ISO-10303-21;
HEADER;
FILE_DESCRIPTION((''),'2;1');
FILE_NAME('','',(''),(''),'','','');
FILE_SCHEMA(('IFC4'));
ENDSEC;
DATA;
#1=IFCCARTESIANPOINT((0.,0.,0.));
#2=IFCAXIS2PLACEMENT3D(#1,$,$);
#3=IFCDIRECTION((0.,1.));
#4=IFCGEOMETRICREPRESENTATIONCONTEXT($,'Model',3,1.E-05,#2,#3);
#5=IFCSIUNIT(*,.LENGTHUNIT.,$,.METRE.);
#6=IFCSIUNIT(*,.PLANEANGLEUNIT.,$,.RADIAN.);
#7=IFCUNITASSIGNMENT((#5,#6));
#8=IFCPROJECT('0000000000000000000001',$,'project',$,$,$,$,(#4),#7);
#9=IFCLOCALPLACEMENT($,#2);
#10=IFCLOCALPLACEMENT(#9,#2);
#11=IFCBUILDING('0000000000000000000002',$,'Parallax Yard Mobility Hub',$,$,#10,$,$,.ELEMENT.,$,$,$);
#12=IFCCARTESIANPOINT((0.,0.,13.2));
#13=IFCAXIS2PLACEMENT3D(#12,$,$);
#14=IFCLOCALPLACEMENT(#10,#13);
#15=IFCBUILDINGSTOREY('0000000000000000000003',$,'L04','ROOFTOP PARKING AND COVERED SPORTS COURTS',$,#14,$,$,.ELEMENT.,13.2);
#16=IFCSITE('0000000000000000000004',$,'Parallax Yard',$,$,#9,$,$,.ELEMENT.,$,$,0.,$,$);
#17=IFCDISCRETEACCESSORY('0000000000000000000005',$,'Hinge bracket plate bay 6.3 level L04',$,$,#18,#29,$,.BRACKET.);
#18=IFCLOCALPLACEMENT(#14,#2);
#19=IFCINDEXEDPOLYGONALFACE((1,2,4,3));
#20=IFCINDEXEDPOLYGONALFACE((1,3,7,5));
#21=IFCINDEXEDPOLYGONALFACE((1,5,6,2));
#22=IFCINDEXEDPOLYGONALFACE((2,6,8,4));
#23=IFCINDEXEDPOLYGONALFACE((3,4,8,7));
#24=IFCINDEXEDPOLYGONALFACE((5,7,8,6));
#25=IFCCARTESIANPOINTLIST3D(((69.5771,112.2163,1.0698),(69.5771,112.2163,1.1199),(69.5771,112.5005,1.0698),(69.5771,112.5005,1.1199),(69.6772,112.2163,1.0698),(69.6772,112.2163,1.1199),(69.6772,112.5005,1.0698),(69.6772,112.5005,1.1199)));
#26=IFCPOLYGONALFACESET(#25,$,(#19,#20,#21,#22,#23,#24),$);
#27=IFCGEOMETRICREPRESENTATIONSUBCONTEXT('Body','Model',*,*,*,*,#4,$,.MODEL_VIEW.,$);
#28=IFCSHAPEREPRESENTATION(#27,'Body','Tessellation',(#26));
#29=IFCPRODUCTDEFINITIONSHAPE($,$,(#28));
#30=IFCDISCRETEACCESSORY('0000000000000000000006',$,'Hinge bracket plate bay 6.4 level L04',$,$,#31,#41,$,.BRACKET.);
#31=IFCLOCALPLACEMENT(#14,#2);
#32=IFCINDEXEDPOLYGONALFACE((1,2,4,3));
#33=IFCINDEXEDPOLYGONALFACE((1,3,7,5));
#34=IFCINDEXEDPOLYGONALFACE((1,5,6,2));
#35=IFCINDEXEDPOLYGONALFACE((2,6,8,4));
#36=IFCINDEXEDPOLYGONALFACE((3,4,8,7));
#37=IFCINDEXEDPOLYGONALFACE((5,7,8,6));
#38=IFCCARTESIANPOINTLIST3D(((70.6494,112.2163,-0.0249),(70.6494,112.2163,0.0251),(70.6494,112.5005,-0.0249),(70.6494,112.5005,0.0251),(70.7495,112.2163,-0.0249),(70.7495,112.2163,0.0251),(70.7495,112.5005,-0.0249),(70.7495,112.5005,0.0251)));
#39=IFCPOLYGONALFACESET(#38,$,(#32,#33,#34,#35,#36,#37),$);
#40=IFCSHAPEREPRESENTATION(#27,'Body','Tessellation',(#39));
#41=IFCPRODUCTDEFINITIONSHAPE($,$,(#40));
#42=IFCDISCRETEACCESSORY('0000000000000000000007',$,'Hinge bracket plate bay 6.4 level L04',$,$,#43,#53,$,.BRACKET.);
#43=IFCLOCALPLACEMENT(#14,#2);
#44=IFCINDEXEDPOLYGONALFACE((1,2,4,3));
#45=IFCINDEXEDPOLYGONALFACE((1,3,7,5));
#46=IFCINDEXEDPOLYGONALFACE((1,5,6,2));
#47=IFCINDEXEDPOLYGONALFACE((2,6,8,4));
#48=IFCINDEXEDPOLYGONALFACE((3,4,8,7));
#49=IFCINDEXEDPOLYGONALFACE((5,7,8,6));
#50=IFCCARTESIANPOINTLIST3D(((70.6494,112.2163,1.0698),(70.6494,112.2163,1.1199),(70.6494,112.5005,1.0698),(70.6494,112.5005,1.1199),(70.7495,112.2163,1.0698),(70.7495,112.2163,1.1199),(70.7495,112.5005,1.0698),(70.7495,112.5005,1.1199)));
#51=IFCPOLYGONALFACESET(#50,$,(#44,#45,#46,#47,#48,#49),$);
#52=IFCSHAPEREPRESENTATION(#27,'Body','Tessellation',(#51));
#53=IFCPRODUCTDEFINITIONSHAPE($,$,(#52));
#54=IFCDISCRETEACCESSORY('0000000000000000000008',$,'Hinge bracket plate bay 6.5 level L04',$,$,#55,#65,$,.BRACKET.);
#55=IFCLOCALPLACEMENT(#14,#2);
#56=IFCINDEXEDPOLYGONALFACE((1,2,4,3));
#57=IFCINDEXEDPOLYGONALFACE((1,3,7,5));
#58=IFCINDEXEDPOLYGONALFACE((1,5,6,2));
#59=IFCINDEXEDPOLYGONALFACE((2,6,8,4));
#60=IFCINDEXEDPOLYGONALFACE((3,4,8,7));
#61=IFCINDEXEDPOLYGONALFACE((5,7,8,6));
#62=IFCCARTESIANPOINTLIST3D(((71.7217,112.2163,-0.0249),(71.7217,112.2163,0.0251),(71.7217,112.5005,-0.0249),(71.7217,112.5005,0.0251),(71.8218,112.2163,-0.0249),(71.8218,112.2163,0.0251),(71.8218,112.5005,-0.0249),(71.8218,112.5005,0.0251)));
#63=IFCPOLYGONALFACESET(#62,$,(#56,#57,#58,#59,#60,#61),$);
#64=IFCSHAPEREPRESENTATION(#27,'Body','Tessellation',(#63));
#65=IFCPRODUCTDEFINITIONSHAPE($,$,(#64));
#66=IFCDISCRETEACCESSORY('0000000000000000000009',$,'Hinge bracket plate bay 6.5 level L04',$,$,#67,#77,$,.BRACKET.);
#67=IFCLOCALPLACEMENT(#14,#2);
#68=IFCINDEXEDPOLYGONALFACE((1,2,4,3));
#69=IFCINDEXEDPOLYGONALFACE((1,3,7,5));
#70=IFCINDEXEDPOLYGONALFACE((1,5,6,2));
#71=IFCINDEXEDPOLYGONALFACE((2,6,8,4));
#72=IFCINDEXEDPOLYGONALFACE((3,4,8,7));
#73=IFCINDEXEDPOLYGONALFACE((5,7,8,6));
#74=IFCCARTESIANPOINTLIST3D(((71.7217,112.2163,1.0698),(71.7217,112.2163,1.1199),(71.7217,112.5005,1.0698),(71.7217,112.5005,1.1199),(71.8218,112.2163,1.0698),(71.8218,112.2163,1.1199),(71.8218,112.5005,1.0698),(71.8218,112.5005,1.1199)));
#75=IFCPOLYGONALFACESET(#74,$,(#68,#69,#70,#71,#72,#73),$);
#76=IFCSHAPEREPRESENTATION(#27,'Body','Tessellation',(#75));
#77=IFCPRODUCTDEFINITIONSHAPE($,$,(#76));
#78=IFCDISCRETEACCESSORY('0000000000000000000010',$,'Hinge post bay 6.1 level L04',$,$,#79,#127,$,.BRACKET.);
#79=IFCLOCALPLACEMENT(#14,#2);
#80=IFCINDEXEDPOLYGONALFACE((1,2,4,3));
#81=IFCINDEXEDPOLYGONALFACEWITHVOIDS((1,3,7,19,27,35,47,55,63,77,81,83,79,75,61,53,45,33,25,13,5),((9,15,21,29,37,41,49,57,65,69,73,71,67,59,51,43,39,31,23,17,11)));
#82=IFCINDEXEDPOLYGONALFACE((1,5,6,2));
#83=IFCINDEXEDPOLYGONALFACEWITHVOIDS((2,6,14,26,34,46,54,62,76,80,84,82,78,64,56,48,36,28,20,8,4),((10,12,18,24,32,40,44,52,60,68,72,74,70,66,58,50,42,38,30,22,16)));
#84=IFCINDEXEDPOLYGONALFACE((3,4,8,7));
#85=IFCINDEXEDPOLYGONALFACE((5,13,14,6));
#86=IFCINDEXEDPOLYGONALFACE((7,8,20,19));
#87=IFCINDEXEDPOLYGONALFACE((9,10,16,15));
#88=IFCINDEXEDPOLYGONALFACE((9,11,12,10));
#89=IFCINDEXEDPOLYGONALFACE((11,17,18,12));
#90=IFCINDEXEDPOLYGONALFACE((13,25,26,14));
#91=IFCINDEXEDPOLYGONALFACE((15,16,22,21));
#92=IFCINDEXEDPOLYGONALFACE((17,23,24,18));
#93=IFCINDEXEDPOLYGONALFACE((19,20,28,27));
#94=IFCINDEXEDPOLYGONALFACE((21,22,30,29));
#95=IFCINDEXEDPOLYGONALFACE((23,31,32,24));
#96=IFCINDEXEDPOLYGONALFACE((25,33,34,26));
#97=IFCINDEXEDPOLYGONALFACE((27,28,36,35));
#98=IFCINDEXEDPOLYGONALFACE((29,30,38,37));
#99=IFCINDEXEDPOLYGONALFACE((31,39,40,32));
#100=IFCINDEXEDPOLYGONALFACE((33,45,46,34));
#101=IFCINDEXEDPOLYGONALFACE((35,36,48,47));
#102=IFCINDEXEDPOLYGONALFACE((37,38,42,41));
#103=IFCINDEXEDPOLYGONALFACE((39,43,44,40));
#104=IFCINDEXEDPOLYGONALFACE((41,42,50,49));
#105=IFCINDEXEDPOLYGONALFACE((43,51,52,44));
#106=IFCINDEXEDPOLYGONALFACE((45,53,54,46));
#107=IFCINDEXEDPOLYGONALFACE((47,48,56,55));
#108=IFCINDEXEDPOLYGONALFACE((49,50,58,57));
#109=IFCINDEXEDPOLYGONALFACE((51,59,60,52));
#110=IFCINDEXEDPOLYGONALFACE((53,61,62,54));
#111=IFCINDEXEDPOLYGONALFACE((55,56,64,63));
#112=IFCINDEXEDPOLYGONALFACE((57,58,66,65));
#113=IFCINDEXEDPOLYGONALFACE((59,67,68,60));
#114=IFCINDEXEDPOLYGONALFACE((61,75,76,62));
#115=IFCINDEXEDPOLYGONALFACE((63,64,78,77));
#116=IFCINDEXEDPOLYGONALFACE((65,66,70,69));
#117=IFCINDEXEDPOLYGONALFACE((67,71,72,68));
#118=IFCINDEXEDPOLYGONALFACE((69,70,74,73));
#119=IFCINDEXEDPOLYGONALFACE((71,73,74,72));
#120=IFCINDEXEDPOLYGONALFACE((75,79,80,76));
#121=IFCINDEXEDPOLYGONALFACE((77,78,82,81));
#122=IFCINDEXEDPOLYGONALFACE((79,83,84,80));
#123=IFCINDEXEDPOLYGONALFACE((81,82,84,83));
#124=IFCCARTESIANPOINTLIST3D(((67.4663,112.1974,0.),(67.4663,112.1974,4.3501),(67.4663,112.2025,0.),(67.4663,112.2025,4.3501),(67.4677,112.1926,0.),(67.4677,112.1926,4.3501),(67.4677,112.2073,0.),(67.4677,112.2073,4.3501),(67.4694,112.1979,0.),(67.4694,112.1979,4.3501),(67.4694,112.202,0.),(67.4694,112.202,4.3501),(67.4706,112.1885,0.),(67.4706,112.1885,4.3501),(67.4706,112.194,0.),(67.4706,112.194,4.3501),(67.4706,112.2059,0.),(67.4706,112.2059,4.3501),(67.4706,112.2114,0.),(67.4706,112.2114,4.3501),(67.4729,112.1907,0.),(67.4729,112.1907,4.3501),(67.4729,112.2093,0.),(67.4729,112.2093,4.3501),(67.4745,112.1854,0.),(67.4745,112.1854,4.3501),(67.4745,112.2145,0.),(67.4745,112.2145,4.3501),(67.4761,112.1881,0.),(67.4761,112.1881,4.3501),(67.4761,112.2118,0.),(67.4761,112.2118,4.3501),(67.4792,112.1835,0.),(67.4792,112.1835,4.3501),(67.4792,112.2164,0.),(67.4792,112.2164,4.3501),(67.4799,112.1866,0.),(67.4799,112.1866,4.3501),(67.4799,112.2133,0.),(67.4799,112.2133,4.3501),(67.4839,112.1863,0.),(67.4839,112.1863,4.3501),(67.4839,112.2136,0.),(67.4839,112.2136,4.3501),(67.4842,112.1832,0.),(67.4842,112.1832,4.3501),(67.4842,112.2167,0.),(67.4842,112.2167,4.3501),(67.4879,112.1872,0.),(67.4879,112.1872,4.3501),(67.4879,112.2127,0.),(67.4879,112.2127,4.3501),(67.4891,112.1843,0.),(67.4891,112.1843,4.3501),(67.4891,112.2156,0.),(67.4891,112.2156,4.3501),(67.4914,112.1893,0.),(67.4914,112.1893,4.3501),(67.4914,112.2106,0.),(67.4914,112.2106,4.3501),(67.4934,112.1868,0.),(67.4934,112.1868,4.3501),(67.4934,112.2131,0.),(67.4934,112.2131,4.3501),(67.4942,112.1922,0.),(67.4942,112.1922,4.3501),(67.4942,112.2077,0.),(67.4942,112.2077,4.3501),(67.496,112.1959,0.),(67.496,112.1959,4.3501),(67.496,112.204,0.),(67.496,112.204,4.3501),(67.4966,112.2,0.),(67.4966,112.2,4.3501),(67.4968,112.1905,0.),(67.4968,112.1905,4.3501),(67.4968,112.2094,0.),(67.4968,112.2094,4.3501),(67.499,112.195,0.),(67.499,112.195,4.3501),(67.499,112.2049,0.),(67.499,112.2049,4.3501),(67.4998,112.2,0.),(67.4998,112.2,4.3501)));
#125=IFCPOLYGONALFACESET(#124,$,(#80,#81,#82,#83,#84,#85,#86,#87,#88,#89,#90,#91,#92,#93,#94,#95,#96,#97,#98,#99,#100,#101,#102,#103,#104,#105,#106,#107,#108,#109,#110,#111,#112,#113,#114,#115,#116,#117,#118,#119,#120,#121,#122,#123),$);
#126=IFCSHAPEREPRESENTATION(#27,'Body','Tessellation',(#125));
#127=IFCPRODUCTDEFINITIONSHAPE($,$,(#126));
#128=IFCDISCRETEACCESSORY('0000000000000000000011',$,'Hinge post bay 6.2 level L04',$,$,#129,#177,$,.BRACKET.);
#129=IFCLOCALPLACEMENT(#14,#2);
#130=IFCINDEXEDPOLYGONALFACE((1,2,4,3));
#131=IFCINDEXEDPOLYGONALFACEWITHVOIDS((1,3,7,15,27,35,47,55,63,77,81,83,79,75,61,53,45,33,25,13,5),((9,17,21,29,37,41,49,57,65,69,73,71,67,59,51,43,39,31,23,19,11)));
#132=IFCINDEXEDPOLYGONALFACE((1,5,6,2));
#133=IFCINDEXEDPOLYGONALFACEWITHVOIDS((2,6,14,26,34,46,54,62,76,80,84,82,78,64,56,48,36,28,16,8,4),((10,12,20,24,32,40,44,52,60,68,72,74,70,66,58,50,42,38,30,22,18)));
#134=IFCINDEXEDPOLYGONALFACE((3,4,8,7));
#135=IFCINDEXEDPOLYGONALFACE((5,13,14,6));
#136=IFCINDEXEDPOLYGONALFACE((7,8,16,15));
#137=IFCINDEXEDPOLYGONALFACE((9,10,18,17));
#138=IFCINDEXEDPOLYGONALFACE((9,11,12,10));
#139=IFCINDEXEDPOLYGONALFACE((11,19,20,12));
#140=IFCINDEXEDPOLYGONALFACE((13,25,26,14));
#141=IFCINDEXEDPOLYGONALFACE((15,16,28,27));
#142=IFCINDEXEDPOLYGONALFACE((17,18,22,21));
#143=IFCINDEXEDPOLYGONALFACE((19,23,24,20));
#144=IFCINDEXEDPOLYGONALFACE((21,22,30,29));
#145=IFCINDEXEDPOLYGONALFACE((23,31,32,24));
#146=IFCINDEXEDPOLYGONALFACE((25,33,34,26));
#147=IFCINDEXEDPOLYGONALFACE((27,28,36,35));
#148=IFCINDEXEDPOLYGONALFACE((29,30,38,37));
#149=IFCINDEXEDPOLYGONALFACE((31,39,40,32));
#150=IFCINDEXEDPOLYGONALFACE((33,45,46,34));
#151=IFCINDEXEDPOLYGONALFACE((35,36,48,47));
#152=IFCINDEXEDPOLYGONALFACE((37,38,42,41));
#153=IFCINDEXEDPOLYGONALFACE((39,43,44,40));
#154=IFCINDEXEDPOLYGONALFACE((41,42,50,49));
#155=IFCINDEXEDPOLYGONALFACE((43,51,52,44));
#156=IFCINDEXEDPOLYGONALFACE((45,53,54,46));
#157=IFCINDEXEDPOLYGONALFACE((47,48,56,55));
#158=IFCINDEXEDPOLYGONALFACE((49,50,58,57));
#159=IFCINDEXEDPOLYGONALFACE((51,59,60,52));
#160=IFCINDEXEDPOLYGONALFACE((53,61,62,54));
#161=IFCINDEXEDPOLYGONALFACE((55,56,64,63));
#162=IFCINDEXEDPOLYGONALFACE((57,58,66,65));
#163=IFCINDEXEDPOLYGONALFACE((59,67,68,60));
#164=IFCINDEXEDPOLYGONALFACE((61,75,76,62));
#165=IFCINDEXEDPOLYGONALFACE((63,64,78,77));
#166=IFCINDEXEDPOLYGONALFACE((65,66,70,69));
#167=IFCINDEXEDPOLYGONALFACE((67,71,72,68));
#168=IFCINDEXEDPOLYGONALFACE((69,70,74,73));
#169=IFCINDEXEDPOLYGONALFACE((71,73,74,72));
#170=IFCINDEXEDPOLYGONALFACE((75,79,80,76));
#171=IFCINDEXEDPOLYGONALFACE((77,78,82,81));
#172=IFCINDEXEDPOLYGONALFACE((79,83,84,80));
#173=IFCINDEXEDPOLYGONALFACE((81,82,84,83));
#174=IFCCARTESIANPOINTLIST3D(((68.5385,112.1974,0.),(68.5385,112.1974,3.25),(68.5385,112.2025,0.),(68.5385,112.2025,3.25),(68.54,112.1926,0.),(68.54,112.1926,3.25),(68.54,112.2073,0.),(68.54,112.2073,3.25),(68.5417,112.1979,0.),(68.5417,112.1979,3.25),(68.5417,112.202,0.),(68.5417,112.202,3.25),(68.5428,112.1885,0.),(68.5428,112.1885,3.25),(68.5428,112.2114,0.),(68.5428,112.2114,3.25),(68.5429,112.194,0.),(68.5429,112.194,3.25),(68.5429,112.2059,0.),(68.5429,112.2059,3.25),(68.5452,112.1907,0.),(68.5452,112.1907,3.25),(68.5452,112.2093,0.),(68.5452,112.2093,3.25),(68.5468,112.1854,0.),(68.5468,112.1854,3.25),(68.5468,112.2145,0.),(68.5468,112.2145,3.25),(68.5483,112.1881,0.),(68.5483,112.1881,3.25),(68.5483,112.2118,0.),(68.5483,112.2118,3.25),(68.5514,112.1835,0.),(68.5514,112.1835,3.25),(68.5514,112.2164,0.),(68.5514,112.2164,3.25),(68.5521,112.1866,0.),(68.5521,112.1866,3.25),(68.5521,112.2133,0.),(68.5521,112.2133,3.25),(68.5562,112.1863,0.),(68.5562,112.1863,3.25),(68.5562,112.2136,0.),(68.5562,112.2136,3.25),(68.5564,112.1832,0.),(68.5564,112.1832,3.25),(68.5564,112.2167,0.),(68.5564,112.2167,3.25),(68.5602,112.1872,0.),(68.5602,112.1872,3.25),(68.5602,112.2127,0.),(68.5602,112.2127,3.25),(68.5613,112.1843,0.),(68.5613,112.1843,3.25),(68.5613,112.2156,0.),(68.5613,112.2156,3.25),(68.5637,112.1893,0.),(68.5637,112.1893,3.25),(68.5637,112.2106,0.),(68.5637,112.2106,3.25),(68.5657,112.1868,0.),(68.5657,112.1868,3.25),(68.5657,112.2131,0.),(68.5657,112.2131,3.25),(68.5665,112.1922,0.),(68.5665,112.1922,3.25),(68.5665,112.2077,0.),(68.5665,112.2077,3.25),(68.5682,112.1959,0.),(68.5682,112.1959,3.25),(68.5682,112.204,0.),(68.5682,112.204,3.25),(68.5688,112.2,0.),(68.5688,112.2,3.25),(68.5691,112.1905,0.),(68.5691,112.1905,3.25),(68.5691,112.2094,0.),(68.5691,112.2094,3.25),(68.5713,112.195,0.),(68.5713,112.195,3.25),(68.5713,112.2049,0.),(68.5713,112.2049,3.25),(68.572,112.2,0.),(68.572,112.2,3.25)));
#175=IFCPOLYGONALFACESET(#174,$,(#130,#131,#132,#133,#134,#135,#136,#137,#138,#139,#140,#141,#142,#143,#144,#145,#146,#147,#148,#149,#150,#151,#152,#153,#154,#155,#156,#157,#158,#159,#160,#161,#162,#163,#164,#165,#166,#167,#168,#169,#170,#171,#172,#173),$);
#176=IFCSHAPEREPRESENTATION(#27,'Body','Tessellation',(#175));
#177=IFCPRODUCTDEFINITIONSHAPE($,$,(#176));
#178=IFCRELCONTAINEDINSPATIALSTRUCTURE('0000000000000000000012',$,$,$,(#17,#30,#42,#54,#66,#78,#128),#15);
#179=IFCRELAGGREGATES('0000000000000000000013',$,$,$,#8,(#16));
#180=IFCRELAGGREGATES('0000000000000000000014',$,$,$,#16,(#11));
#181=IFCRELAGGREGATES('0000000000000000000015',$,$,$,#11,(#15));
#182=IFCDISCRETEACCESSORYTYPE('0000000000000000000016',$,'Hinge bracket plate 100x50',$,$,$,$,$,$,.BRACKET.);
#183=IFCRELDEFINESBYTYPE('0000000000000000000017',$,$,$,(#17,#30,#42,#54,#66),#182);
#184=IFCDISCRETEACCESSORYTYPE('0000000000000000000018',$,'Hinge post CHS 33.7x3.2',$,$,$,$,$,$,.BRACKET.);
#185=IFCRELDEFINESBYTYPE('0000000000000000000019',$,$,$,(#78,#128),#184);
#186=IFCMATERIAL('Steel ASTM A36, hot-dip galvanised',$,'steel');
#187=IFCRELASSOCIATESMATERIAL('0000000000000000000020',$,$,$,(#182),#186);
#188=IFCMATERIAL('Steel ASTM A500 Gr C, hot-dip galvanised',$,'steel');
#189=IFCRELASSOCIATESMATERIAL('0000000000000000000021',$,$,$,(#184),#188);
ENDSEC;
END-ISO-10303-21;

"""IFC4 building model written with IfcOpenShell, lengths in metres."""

from ifc_helpers import new_model, si_unit, direction, frame, origin, origin_2d, place, context, subcontext, project, spatial, rectangle, hollow_circle, extrude, material, material_profile, profile_set, type_object, element, save


model = new_model("IFC4")

# Units and contexts
model_context = context("Model", 3, precision=1e-05, world=origin(), true_north=direction((0.0, 1.0)))
body_context = subcontext(model_context, "Body", "Model", "MODEL_VIEW")
ifc_project = project(units=[si_unit("LENGTHUNIT", "METRE"), si_unit("PLANEANGLEUNIT", "RADIAN")], contexts=[model_context])

# Site, building, storey
site_placement = place(None, origin())
site = spatial("IfcSite", under=ifc_project, at=site_placement, Name="Parallax Yard", CompositionType="ELEMENT", RefElevation=0.0)
building_placement = place(site_placement, origin())
building = spatial("IfcBuilding", under=site, at=building_placement, Name="Parallax Yard Mobility Hub", CompositionType="ELEMENT")
storey_placement = place(building_placement, frame((0.0, 0.0, 13.2)))
storey = spatial("IfcBuildingStorey", under=building, at=storey_placement, Name="L04", Description="ROOFTOP PARKING AND COVERED SPORTS COURTS", CompositionType="ELEMENT", Elevation=13.2)

# Discrete accessories
ifc_material_1 = material(Name="Steel ASTM A36, hot-dip galvanised", Category="steel")
discrete_accessory_type_1 = type_object("IfcDiscreteAccessoryType", Name="Hinge bracket plate 100x50", PredefinedType="BRACKET", material=ifc_material_1)
for number, where, z_axis, x_axis, name in (
    (1, (69.6272, 112.3584, 1.0698), (0.0, 0.0, 1.0), (0.0, -1.0, 0.0), "Hinge bracket plate bay 6.3 level L04"),
    (2, (70.6995, 112.3584, -0.0249), (0.0, 0.0, 1.0), (0.0, -1.0, 0.0), "Hinge bracket plate bay 6.4 level L04"),
    (3, (70.6995, 112.3584, 1.0698), (0.0, 0.0, 1.0), (0.0, -1.0, 0.0), "Hinge bracket plate bay 6.4 level L04"),
    (4, (71.7717, 112.3584, -0.0249), (0.0, 0.0, 1.0), (0.0, -1.0, 0.0), "Hinge bracket plate bay 6.5 level L04"),
    (5, (71.7717, 112.3584, 1.0698), (0.0, 0.0, 1.0), (0.0, -1.0, 0.0), "Hinge bracket plate bay 6.5 level L04"),
):
    element("IfcDiscreteAccessory", number, at=place(storey_placement, frame(where, z_axis=z_axis, x_axis=x_axis)), inside=storey, type_object=discrete_accessory_type_1, Name=name, PredefinedType="BRACKET", context=body_context, shape_type="SweptSolid", body=[
        extrude(rectangle(XDim=0.2842, YDim=0.1001, at=origin_2d()), origin(), (0.0, 0.0, 1.0), 0.05),
    ])
ifc_material_2 = material(Name="Steel ASTM A500 Gr C, hot-dip galvanised", Category="steel")
ifc_material_profile = material_profile(ifc_material_2, hollow_circle(Radius=0.0168, WallThickness=0.0032, at=origin_2d()), Name="CHS 33.7x3.2")
ifc_profile_set = profile_set([ifc_material_profile], Name="Steel ASTM A500 Gr C, hot-dip galvanised")
discrete_accessory_type_2 = type_object("IfcDiscreteAccessoryType", Name="Hinge post CHS 33.7x3.2", PredefinedType="BRACKET", material=ifc_profile_set)
discrete_accessory_1_placement = place(storey_placement, frame((67.4829, 112.2, 0.0), z_axis=(0.0, 0.0, 1.0), x_axis=(1.0, 0.0, 0.0)))
element("IfcDiscreteAccessory", 6, at=discrete_accessory_1_placement, inside=storey, type_object=discrete_accessory_type_2, Name="Hinge post bay 6.1 level L04", PredefinedType="BRACKET", context=body_context, shape_type="SweptSolid", body=[
    extrude(hollow_circle(Radius=0.0168, WallThickness=0.0032, at=origin_2d()), origin(), (0.0, 0.0, 1.0), 4.3501),
])
for number, where, z_axis, x_axis, name in (
    (7, (68.5552, 112.2, 0.0), (0.0, 0.0, 1.0), (1.0, 0.0, 0.0), "Hinge post bay 6.2 level L04"),
):
    element("IfcDiscreteAccessory", number, at=place(storey_placement, frame(where, z_axis=z_axis, x_axis=x_axis)), inside=storey, type_object=discrete_accessory_type_2, Name=name, PredefinedType="BRACKET", context=body_context, shape_type="SweptSolid", body=[
        extrude(hollow_circle(Radius=0.0168, WallThickness=0.0032, at=origin_2d()), origin(), (0.0, 0.0, 1.0), 3.25),
    ])

save(model, "model.ifc")
